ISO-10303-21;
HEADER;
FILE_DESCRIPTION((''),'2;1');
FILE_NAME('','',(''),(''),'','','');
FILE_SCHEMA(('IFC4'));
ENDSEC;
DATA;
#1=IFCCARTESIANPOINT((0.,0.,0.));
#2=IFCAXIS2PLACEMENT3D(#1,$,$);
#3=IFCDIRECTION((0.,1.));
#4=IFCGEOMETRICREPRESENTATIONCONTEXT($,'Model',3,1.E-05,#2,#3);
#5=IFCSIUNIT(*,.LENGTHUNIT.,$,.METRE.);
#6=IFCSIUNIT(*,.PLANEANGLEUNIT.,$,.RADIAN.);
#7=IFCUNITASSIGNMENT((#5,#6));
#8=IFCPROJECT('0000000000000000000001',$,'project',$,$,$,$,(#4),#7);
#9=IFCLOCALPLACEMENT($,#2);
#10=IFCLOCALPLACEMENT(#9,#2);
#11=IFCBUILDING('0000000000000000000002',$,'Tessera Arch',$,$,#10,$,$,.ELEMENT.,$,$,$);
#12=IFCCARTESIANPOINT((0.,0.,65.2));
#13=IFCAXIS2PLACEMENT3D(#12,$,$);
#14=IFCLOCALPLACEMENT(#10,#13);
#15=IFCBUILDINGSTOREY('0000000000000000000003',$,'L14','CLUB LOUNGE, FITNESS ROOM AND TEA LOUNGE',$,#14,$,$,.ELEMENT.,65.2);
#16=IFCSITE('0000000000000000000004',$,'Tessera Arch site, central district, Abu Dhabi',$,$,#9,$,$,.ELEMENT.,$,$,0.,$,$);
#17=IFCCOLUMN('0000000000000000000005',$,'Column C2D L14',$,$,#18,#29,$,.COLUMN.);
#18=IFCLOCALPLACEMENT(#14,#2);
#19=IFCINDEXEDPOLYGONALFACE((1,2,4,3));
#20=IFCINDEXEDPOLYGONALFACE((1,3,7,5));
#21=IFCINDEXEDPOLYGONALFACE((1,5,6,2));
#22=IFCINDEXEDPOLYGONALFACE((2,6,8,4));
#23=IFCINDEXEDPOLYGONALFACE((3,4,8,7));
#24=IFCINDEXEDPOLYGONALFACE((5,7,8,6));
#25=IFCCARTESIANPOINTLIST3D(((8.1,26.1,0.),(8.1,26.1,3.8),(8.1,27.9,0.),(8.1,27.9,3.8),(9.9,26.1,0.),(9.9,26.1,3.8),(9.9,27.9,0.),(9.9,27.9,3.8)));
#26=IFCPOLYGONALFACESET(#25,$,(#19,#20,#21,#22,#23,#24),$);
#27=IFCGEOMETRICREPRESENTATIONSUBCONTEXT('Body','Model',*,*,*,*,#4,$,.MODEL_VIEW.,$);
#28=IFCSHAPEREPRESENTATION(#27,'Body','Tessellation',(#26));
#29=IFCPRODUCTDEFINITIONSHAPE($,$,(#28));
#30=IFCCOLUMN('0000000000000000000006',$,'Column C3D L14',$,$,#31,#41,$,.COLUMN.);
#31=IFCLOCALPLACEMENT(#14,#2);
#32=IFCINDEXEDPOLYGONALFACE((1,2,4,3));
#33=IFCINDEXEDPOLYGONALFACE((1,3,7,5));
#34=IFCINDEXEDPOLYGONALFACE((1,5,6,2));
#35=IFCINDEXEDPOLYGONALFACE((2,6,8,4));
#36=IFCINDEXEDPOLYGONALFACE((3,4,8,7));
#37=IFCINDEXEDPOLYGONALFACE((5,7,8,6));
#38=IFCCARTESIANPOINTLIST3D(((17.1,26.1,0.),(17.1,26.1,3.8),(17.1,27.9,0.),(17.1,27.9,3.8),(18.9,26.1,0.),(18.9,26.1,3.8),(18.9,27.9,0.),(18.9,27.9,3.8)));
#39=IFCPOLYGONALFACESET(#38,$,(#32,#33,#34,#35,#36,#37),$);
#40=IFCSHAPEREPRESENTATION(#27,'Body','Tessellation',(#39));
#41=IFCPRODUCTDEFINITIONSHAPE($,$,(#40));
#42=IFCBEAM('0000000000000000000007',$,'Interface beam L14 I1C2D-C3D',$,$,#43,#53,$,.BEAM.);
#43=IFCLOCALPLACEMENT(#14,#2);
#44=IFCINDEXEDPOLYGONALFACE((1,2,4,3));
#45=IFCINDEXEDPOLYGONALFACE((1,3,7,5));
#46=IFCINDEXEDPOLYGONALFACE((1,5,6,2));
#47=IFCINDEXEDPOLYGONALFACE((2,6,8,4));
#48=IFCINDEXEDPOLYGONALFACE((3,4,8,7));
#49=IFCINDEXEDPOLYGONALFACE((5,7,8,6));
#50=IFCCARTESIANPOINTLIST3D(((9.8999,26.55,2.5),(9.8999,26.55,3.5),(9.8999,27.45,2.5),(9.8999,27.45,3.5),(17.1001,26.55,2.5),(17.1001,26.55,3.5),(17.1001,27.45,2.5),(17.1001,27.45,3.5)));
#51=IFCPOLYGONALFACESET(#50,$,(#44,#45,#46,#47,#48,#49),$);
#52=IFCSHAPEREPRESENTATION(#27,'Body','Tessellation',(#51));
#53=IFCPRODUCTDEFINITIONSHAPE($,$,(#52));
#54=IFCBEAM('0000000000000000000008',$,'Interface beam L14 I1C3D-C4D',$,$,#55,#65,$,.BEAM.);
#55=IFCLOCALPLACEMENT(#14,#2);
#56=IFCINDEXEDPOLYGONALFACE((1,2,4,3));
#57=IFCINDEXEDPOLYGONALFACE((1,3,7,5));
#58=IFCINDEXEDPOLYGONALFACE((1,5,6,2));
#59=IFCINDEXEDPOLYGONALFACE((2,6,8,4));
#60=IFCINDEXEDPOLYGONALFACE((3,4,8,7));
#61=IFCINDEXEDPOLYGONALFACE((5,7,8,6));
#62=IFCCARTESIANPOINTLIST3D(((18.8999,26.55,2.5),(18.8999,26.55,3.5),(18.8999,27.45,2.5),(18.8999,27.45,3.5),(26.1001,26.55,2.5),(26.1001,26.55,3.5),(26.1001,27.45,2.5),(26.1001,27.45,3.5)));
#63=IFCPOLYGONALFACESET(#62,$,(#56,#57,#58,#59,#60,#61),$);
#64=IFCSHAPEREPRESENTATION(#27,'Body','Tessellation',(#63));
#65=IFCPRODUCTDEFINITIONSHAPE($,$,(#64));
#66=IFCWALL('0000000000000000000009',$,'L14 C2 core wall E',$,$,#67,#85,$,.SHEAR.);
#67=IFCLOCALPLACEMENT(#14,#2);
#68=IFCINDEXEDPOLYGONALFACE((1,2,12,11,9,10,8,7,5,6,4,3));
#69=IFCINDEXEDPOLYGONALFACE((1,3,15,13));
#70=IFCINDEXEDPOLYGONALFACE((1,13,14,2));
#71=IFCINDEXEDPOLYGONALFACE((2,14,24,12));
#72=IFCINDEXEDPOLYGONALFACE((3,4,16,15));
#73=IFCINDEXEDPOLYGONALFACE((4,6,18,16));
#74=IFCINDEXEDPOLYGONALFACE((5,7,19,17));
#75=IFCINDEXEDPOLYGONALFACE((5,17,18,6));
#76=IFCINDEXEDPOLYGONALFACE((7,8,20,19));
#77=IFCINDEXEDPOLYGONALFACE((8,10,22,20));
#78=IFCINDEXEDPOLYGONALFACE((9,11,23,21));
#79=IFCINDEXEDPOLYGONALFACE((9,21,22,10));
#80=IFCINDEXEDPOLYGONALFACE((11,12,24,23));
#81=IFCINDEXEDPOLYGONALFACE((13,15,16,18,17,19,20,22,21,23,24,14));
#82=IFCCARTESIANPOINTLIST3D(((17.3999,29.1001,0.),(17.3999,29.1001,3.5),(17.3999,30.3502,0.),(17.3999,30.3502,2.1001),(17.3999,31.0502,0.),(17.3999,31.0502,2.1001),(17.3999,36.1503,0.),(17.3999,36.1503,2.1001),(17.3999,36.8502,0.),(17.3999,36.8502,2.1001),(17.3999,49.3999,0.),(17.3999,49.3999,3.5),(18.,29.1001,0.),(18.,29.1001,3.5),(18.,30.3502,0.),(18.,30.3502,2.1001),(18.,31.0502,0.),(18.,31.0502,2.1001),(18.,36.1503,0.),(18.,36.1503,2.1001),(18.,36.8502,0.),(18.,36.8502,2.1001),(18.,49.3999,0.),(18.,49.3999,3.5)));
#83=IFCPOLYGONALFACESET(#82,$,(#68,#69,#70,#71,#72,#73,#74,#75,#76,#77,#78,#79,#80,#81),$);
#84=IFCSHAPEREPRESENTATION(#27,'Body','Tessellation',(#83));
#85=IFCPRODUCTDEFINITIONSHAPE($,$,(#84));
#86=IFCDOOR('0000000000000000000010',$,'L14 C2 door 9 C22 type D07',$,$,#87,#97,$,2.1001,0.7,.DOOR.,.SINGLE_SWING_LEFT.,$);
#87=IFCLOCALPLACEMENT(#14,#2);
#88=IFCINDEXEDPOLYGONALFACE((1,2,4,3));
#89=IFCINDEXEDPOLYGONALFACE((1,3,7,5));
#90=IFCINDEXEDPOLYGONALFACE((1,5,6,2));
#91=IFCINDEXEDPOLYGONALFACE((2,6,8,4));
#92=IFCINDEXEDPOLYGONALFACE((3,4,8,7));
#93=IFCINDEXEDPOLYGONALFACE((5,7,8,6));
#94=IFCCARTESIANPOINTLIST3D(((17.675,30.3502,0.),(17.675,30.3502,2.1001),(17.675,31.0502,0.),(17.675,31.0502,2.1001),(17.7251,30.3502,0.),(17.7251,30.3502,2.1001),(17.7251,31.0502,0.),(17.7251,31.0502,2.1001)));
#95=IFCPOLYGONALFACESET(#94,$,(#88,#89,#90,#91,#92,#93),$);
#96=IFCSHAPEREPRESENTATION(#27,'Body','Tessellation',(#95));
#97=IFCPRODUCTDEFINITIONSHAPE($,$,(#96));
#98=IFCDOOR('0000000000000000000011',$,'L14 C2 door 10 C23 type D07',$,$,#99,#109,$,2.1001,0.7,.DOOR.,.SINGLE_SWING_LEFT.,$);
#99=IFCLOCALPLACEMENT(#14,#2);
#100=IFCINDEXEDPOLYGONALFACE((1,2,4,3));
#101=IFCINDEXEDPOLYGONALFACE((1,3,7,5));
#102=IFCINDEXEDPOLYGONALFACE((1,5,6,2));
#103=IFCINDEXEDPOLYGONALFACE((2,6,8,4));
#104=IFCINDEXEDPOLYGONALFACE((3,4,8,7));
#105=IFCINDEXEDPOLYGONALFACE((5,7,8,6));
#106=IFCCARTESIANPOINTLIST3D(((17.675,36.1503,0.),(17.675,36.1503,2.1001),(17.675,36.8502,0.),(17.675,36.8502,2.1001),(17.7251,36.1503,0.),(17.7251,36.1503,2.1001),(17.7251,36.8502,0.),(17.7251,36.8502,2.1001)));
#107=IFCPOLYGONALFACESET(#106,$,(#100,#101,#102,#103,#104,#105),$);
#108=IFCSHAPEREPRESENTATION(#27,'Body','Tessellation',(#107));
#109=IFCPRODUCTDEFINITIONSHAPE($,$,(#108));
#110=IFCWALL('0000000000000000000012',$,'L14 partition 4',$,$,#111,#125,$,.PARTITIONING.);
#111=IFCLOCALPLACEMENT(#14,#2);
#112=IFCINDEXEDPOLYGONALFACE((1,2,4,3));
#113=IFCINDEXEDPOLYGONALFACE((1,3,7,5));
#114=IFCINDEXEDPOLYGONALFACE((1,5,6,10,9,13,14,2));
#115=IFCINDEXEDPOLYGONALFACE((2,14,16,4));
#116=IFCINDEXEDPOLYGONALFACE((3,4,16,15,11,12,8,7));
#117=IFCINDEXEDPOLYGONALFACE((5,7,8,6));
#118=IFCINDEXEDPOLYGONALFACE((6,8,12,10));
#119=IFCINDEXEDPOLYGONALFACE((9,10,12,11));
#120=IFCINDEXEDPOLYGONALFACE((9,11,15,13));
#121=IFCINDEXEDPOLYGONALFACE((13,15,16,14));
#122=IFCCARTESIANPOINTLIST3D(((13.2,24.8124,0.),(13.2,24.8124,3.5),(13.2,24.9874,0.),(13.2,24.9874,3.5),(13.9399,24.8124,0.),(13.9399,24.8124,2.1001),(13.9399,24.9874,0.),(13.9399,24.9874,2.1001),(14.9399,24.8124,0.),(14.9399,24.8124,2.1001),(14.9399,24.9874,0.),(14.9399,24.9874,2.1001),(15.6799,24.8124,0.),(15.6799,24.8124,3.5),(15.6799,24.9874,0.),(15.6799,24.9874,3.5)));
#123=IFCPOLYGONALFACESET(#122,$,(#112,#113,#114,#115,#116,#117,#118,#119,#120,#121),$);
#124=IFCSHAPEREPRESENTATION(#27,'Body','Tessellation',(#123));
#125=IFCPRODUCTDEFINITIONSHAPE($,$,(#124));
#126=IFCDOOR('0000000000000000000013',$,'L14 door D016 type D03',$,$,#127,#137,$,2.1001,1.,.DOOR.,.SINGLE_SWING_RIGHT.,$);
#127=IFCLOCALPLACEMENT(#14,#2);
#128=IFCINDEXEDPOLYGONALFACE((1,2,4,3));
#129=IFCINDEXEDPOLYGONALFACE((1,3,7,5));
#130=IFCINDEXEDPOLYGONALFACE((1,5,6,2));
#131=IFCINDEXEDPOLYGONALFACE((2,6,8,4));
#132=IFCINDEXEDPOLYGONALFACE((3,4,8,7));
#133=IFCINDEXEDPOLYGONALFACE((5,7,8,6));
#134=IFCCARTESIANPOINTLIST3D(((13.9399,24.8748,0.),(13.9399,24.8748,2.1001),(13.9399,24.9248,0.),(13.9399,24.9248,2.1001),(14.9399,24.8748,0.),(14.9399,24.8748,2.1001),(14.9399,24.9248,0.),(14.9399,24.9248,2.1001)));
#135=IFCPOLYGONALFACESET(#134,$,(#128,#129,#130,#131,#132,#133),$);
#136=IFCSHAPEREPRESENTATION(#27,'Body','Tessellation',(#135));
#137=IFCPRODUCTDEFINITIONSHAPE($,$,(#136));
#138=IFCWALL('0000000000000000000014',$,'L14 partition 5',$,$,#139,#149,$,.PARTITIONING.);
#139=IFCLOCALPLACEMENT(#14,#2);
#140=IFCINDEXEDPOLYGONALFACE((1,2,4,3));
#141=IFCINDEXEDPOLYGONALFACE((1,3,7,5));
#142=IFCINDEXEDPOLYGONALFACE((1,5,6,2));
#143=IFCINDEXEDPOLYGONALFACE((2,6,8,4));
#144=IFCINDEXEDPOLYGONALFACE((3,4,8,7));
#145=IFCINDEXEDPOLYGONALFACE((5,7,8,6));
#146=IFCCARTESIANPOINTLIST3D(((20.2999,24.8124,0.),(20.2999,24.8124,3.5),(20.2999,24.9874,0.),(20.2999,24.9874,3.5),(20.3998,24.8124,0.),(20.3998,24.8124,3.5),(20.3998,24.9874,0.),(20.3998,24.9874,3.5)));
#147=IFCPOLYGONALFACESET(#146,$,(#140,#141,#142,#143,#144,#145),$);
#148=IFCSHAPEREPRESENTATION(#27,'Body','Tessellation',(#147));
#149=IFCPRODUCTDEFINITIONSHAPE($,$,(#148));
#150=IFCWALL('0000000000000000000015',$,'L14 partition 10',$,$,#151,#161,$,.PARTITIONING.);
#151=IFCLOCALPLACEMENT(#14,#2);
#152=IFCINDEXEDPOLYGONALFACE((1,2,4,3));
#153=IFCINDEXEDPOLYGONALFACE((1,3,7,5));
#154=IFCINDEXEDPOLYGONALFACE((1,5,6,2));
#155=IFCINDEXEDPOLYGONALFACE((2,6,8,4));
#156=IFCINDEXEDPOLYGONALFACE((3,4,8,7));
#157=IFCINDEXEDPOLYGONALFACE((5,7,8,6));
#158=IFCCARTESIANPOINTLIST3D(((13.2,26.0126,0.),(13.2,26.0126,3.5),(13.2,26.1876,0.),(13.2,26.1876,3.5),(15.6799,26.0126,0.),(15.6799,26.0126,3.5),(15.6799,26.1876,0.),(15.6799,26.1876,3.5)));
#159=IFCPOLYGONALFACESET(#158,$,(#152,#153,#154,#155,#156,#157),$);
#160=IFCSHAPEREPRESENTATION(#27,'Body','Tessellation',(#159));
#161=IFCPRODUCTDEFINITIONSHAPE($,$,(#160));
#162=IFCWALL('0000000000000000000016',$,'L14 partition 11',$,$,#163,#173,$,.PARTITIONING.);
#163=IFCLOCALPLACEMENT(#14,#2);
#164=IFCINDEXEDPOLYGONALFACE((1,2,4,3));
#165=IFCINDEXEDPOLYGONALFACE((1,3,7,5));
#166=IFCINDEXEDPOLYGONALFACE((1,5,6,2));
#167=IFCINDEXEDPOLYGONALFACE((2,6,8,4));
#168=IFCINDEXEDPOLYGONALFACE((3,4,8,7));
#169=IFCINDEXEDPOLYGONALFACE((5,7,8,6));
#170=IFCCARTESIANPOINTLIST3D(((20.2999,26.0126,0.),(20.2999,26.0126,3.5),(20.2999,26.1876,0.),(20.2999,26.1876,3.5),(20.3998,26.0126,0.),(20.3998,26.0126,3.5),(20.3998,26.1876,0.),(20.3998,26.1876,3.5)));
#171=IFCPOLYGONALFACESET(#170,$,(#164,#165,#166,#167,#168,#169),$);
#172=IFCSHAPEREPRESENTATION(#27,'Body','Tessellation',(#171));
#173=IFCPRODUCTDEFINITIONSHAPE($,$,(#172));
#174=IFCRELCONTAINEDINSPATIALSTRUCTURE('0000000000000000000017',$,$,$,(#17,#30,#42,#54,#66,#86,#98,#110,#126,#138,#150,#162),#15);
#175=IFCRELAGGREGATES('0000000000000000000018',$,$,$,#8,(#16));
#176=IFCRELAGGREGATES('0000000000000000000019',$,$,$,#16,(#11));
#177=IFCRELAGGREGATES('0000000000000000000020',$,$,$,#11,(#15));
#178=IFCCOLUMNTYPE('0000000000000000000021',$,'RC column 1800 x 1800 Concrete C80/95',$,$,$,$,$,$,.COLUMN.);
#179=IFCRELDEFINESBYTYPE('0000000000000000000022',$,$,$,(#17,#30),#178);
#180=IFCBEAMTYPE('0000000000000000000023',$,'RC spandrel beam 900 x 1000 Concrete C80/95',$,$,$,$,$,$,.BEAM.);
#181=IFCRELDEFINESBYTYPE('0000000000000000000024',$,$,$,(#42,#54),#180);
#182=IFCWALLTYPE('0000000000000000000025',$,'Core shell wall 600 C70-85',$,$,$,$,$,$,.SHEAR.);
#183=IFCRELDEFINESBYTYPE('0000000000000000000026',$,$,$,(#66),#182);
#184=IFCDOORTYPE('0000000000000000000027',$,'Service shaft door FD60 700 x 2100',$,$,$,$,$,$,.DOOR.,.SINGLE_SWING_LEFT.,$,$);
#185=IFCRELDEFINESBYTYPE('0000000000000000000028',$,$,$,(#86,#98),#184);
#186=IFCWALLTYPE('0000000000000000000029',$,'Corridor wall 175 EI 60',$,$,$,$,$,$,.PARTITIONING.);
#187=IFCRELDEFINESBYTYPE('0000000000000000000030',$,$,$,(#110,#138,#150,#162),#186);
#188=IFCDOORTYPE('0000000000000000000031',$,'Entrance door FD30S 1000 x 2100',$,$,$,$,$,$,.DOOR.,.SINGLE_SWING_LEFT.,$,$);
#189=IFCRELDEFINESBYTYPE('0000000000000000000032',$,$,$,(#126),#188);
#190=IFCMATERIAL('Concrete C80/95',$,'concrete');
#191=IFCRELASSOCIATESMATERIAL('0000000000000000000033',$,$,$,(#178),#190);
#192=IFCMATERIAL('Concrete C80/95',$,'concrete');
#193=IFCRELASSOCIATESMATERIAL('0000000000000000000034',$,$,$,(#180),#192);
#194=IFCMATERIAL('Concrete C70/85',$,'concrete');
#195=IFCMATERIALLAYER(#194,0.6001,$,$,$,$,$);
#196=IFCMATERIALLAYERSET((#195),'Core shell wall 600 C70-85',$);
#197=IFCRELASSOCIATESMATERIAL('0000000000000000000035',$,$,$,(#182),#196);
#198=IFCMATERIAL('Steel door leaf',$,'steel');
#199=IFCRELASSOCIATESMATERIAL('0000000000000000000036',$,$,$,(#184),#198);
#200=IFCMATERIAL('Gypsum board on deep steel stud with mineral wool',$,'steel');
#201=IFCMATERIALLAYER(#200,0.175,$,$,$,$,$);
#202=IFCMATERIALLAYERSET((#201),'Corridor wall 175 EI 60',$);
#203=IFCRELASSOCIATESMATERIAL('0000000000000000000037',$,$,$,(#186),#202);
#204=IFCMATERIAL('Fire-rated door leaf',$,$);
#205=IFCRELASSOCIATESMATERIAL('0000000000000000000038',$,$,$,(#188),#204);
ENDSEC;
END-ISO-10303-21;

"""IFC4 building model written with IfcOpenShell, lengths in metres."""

from ifc_helpers import new_model, si_unit, direction, frame, frame_2d, origin, origin_2d, place, context, subcontext, project, spatial, rectangle, extrude, material, layer, layer_set, material_profile, profile_set, type_object, element, fill, save


model = new_model("IFC4")

# Units and contexts
model_context = context("Model", 3, precision=1e-05, world=origin(), true_north=direction((0.0, 1.0)))
body_context = subcontext(model_context, "Body", "Model", "MODEL_VIEW")
ifc_project = project(units=[si_unit("LENGTHUNIT", "METRE"), si_unit("PLANEANGLEUNIT", "RADIAN")], contexts=[model_context])

# Site, building, storey
site_placement = place(None, origin())
site = spatial("IfcSite", under=ifc_project, at=site_placement, Name="Tessera Arch site, central district, Abu Dhabi", CompositionType="ELEMENT", RefElevation=0.0)
building_placement = place(site_placement, origin())
building = spatial("IfcBuilding", under=site, at=building_placement, Name="Tessera Arch", CompositionType="ELEMENT")
storey_placement = place(building_placement, frame((0.0, 0.0, 65.2)))
storey = spatial("IfcBuildingStorey", under=building, at=storey_placement, Name="L14", Description="CLUB LOUNGE, FITNESS ROOM AND TEA LOUNGE", CompositionType="ELEMENT", Elevation=65.2)

# Columns
ifc_material_1 = material(Name="Concrete C80/95", Category="concrete")
ifc_material_profile_1 = material_profile(ifc_material_1, rectangle(XDim=1.8, YDim=1.8, at=origin_2d()), Name="RC column 1800 x 1800 Concrete C80/95")
ifc_profile_set_1 = profile_set([ifc_material_profile_1], Name="Concrete C80/95")
column_type = type_object("IfcColumnType", Name="RC column 1800 x 1800 Concrete C80/95", PredefinedType="COLUMN", material=ifc_profile_set_1)
for number, where, z_axis, x_axis, name in (
    (1, (9.0, 27.0, 0.0), (0.0, 0.0, 1.0), (1.0, 0.0, 0.0), "Column C2D L14"),
    (2, (18.0, 27.0, 0.0), (0.0, 0.0, 1.0), (1.0, 0.0, 0.0), "Column C3D L14"),
):
    element("IfcColumn", number, at=place(storey_placement, frame(where, z_axis=z_axis, x_axis=x_axis)), inside=storey, type_object=column_type, Name=name, PredefinedType="COLUMN", context=body_context, shape_type="SweptSolid", body=[
        extrude(rectangle(XDim=1.8, YDim=1.8, at=origin_2d()), origin(), (0.0, 0.0, 1.0), 3.8),
    ])

# Beams
ifc_material_2 = material(Name="Concrete C80/95", Category="concrete")
ifc_material_profile_2 = material_profile(ifc_material_2, rectangle(XDim=0.8999, YDim=1.0, at=origin_2d()), Name="RC spandrel beam 900 x 1000 Concrete C80/95")
ifc_profile_set_2 = profile_set([ifc_material_profile_2], Name="Concrete C80/95")
beam_type = type_object("IfcBeamType", Name="RC spandrel beam 900 x 1000 Concrete C80/95", PredefinedType="BEAM", material=ifc_profile_set_2)
for number, where, z_axis, x_axis, name in (
    (3, (9.8999, 27.0, 3.0), (1.0, 0.0, 0.0), (0.0, 1.0, 0.0), "Interface beam L14 I1C2D-C3D"),
    (4, (18.8999, 27.0, 3.0), (1.0, 0.0, 0.0), (0.0, 1.0, 0.0), "Interface beam L14 I1C3D-C4D"),
):
    element("IfcBeam", number, at=place(storey_placement, frame(where, z_axis=z_axis, x_axis=x_axis)), inside=storey, type_object=beam_type, Name=name, PredefinedType="BEAM", context=body_context, shape_type="SweptSolid", body=[
        extrude(rectangle(XDim=0.8999, YDim=1.0, at=origin_2d()), origin(), (0.0, 0.0, 1.0), 7.2002),
    ])

# Wall, openings, doors
ifc_material_3 = material(Name="Concrete C70/85", Category="concrete")
ifc_layer_1 = layer(ifc_material_3, 0.6001)
ifc_layer_set_1 = layer_set([ifc_layer_1], Name="Core shell wall 600 C70-85")
wall_type_1 = type_object("IfcWallType", Name="Core shell wall 600 C70-85", PredefinedType="SHEAR", material=ifc_layer_set_1)
wall_1_placement = place(storey_placement, frame((17.7, 29.1001, 0.0), z_axis=(0.0, 0.0, 1.0), x_axis=(0.0, 1.0, 0.0)))
wall_1 = element("IfcWall", 5, at=wall_1_placement, inside=storey, type_object=wall_type_1, Name="L14 C2 core wall E", PredefinedType="SHEAR", context=body_context, shape_type="SweptSolid", body=[
    extrude(rectangle(XDim=20.2998, YDim=0.6001, at=frame_2d((10.1499, 0.0))), origin(), (0.0, 0.0, 1.0), 3.5),
])
opening_1_placement = place(wall_1_placement, frame((1.25, 0.0, 0.0)))
opening_1 = element("IfcOpeningElement", 6, at=opening_1_placement, cuts=wall_1, PredefinedType="OPENING", context=body_context, shape_type="SweptSolid", body=[
    extrude(rectangle(XDim=0.7, YDim=2.1001, at=frame_2d((0.3501, 1.05))), frame((0.0, 0.3101, 0.0), z_axis=(0.0, -1.0, 0.0), x_axis=(1.0, 0.0, 0.0)), (0.0, 0.0, 1.0), 0.6201),
])
opening_2_placement = place(wall_1_placement, frame((7.05, 0.0, 0.0)))
opening_2 = element("IfcOpeningElement", 7, at=opening_2_placement, cuts=wall_1, PredefinedType="OPENING", context=body_context, shape_type="SweptSolid", body=[
    extrude(rectangle(XDim=0.7, YDim=2.1001, at=frame_2d((0.3501, 1.05))), frame((0.0, 0.3101, 0.0), z_axis=(0.0, -1.0, 0.0), x_axis=(1.0, 0.0, 0.0)), (0.0, 0.0, 1.0), 0.6201),
])
ifc_material_4 = material(Name="Steel door leaf", Category="steel")
door_type_1 = type_object("IfcDoorType", Name="Service shaft door FD60 700 x 2100", OperationType="SINGLE_SWING_LEFT", PredefinedType="DOOR", material=ifc_material_4)
door_1_placement = place(opening_1_placement, origin())
door_1 = element("IfcDoor", 8, at=door_1_placement, inside=storey, type_object=door_type_1, Name="L14 C2 door 9 C22 type D07", OperationType="SINGLE_SWING_LEFT", OverallHeight=2.1001, OverallWidth=0.7, PredefinedType="DOOR", context=body_context, shape_type="SweptSolid", body=[
    extrude(rectangle(XDim=0.7, YDim=2.1001, at=frame_2d((0.3501, 1.05))), frame((0.0, 0.0249, 0.0), z_axis=(0.0, -1.0, 0.0), x_axis=(1.0, 0.0, 0.0)), (0.0, 0.0, 1.0), 0.05),
])
fill(opening_1, door_1)
door_2_placement = place(opening_2_placement, origin())
door_2 = element("IfcDoor", 9, at=door_2_placement, inside=storey, type_object=door_type_1, Name="L14 C2 door 10 C23 type D07", OperationType="SINGLE_SWING_LEFT", OverallHeight=2.1001, OverallWidth=0.7, PredefinedType="DOOR", context=body_context, shape_type="SweptSolid", body=[
    extrude(rectangle(XDim=0.7, YDim=2.1001, at=frame_2d((0.3501, 1.05))), frame((0.0, 0.0249, 0.0), z_axis=(0.0, -1.0, 0.0), x_axis=(1.0, 0.0, 0.0)), (0.0, 0.0, 1.0), 0.05),
])
fill(opening_2, door_2)

# Wall, opening, door
ifc_material_5 = material(Name="Gypsum board on deep steel stud with mineral wool", Category="steel")
ifc_layer_2 = layer(ifc_material_5, 0.175)
ifc_layer_set_2 = layer_set([ifc_layer_2], Name="Corridor wall 175 EI 60")
wall_type_2 = type_object("IfcWallType", Name="Corridor wall 175 EI 60", PredefinedType="PARTITIONING", material=ifc_layer_set_2)
wall_2_placement = place(storey_placement, frame((13.2, 24.8999, 0.0), z_axis=(0.0, 0.0, 1.0), x_axis=(1.0, 0.0, 0.0)))
wall_2 = element("IfcWall", 10, at=wall_2_placement, inside=storey, type_object=wall_type_2, Name="L14 partition 4", PredefinedType="PARTITIONING", context=body_context, shape_type="SweptSolid", body=[
    extrude(rectangle(XDim=2.48, YDim=0.175, at=frame_2d((1.24, 0.0))), origin(), (0.0, 0.0, 1.0), 3.5),
])
opening_3_placement = place(wall_2_placement, frame((0.74, 0.0, 0.0)))
opening_3 = element("IfcOpeningElement", 11, at=opening_3_placement, cuts=wall_2, PredefinedType="OPENING", context=body_context, shape_type="SweptSolid", body=[
    extrude(rectangle(XDim=1.0, YDim=2.1001, at=frame_2d((0.5, 1.05))), frame((0.0, 0.0974, 0.0), z_axis=(0.0, -1.0, 0.0), x_axis=(1.0, 0.0, 0.0)), (0.0, 0.0, 1.0), 0.1951),
])
ifc_material_6 = material(Name="Fire-rated door leaf")
door_type_2 = type_object("IfcDoorType", Name="Entrance door FD30S 1000 x 2100", OperationType="SINGLE_SWING_LEFT", PredefinedType="DOOR", material=ifc_material_6)
door_3_placement = place(opening_3_placement, origin())
door_3 = element("IfcDoor", 12, at=door_3_placement, inside=storey, type_object=door_type_2, Name="L14 door D016 type D03", OperationType="SINGLE_SWING_RIGHT", OverallHeight=2.1001, OverallWidth=1.0, PredefinedType="DOOR", context=body_context, shape_type="SweptSolid", body=[
    extrude(rectangle(XDim=1.0, YDim=2.1001, at=frame_2d((0.5, 1.05))), frame((0.0, 0.0249, 0.0), z_axis=(0.0, -1.0, 0.0), x_axis=(1.0, 0.0, 0.0)), (0.0, 0.0, 1.0), 0.05),
])
fill(opening_3, door_3)

# Walls
wall_3_placement = place(storey_placement, frame((20.3, 24.8999, 0.0), z_axis=(0.0, 0.0, 1.0), x_axis=(1.0, 0.0, 0.0)))
element("IfcWall", 13, at=wall_3_placement, inside=storey, type_object=wall_type_2, Name="L14 partition 5", PredefinedType="PARTITIONING", context=body_context, shape_type="SweptSolid", body=[
    extrude(rectangle(XDim=0.0999, YDim=0.175, at=frame_2d((0.0498, 0.0))), origin(), (0.0, 0.0, 1.0), 3.5),
])
wall_4_placement = place(storey_placement, frame((13.2, 26.1001, 0.0), z_axis=(0.0, 0.0, 1.0), x_axis=(1.0, 0.0, 0.0)))
element("IfcWall", 14, at=wall_4_placement, inside=storey, type_object=wall_type_2, Name="L14 partition 10", PredefinedType="PARTITIONING", context=body_context, shape_type="SweptSolid", body=[
    extrude(rectangle(XDim=2.48, YDim=0.175, at=frame_2d((1.24, 0.0))), origin(), (0.0, 0.0, 1.0), 3.5),
])
wall_5_placement = place(storey_placement, frame((20.3, 26.1001, 0.0), z_axis=(0.0, 0.0, 1.0), x_axis=(1.0, 0.0, 0.0)))
element("IfcWall", 15, at=wall_5_placement, inside=storey, type_object=wall_type_2, Name="L14 partition 11", PredefinedType="PARTITIONING", context=body_context, shape_type="SweptSolid", body=[
    extrude(rectangle(XDim=0.0999, YDim=0.175, at=frame_2d((0.0498, 0.0))), origin(), (0.0, 0.0, 1.0), 3.5),
])

save(model, "model.ifc")
